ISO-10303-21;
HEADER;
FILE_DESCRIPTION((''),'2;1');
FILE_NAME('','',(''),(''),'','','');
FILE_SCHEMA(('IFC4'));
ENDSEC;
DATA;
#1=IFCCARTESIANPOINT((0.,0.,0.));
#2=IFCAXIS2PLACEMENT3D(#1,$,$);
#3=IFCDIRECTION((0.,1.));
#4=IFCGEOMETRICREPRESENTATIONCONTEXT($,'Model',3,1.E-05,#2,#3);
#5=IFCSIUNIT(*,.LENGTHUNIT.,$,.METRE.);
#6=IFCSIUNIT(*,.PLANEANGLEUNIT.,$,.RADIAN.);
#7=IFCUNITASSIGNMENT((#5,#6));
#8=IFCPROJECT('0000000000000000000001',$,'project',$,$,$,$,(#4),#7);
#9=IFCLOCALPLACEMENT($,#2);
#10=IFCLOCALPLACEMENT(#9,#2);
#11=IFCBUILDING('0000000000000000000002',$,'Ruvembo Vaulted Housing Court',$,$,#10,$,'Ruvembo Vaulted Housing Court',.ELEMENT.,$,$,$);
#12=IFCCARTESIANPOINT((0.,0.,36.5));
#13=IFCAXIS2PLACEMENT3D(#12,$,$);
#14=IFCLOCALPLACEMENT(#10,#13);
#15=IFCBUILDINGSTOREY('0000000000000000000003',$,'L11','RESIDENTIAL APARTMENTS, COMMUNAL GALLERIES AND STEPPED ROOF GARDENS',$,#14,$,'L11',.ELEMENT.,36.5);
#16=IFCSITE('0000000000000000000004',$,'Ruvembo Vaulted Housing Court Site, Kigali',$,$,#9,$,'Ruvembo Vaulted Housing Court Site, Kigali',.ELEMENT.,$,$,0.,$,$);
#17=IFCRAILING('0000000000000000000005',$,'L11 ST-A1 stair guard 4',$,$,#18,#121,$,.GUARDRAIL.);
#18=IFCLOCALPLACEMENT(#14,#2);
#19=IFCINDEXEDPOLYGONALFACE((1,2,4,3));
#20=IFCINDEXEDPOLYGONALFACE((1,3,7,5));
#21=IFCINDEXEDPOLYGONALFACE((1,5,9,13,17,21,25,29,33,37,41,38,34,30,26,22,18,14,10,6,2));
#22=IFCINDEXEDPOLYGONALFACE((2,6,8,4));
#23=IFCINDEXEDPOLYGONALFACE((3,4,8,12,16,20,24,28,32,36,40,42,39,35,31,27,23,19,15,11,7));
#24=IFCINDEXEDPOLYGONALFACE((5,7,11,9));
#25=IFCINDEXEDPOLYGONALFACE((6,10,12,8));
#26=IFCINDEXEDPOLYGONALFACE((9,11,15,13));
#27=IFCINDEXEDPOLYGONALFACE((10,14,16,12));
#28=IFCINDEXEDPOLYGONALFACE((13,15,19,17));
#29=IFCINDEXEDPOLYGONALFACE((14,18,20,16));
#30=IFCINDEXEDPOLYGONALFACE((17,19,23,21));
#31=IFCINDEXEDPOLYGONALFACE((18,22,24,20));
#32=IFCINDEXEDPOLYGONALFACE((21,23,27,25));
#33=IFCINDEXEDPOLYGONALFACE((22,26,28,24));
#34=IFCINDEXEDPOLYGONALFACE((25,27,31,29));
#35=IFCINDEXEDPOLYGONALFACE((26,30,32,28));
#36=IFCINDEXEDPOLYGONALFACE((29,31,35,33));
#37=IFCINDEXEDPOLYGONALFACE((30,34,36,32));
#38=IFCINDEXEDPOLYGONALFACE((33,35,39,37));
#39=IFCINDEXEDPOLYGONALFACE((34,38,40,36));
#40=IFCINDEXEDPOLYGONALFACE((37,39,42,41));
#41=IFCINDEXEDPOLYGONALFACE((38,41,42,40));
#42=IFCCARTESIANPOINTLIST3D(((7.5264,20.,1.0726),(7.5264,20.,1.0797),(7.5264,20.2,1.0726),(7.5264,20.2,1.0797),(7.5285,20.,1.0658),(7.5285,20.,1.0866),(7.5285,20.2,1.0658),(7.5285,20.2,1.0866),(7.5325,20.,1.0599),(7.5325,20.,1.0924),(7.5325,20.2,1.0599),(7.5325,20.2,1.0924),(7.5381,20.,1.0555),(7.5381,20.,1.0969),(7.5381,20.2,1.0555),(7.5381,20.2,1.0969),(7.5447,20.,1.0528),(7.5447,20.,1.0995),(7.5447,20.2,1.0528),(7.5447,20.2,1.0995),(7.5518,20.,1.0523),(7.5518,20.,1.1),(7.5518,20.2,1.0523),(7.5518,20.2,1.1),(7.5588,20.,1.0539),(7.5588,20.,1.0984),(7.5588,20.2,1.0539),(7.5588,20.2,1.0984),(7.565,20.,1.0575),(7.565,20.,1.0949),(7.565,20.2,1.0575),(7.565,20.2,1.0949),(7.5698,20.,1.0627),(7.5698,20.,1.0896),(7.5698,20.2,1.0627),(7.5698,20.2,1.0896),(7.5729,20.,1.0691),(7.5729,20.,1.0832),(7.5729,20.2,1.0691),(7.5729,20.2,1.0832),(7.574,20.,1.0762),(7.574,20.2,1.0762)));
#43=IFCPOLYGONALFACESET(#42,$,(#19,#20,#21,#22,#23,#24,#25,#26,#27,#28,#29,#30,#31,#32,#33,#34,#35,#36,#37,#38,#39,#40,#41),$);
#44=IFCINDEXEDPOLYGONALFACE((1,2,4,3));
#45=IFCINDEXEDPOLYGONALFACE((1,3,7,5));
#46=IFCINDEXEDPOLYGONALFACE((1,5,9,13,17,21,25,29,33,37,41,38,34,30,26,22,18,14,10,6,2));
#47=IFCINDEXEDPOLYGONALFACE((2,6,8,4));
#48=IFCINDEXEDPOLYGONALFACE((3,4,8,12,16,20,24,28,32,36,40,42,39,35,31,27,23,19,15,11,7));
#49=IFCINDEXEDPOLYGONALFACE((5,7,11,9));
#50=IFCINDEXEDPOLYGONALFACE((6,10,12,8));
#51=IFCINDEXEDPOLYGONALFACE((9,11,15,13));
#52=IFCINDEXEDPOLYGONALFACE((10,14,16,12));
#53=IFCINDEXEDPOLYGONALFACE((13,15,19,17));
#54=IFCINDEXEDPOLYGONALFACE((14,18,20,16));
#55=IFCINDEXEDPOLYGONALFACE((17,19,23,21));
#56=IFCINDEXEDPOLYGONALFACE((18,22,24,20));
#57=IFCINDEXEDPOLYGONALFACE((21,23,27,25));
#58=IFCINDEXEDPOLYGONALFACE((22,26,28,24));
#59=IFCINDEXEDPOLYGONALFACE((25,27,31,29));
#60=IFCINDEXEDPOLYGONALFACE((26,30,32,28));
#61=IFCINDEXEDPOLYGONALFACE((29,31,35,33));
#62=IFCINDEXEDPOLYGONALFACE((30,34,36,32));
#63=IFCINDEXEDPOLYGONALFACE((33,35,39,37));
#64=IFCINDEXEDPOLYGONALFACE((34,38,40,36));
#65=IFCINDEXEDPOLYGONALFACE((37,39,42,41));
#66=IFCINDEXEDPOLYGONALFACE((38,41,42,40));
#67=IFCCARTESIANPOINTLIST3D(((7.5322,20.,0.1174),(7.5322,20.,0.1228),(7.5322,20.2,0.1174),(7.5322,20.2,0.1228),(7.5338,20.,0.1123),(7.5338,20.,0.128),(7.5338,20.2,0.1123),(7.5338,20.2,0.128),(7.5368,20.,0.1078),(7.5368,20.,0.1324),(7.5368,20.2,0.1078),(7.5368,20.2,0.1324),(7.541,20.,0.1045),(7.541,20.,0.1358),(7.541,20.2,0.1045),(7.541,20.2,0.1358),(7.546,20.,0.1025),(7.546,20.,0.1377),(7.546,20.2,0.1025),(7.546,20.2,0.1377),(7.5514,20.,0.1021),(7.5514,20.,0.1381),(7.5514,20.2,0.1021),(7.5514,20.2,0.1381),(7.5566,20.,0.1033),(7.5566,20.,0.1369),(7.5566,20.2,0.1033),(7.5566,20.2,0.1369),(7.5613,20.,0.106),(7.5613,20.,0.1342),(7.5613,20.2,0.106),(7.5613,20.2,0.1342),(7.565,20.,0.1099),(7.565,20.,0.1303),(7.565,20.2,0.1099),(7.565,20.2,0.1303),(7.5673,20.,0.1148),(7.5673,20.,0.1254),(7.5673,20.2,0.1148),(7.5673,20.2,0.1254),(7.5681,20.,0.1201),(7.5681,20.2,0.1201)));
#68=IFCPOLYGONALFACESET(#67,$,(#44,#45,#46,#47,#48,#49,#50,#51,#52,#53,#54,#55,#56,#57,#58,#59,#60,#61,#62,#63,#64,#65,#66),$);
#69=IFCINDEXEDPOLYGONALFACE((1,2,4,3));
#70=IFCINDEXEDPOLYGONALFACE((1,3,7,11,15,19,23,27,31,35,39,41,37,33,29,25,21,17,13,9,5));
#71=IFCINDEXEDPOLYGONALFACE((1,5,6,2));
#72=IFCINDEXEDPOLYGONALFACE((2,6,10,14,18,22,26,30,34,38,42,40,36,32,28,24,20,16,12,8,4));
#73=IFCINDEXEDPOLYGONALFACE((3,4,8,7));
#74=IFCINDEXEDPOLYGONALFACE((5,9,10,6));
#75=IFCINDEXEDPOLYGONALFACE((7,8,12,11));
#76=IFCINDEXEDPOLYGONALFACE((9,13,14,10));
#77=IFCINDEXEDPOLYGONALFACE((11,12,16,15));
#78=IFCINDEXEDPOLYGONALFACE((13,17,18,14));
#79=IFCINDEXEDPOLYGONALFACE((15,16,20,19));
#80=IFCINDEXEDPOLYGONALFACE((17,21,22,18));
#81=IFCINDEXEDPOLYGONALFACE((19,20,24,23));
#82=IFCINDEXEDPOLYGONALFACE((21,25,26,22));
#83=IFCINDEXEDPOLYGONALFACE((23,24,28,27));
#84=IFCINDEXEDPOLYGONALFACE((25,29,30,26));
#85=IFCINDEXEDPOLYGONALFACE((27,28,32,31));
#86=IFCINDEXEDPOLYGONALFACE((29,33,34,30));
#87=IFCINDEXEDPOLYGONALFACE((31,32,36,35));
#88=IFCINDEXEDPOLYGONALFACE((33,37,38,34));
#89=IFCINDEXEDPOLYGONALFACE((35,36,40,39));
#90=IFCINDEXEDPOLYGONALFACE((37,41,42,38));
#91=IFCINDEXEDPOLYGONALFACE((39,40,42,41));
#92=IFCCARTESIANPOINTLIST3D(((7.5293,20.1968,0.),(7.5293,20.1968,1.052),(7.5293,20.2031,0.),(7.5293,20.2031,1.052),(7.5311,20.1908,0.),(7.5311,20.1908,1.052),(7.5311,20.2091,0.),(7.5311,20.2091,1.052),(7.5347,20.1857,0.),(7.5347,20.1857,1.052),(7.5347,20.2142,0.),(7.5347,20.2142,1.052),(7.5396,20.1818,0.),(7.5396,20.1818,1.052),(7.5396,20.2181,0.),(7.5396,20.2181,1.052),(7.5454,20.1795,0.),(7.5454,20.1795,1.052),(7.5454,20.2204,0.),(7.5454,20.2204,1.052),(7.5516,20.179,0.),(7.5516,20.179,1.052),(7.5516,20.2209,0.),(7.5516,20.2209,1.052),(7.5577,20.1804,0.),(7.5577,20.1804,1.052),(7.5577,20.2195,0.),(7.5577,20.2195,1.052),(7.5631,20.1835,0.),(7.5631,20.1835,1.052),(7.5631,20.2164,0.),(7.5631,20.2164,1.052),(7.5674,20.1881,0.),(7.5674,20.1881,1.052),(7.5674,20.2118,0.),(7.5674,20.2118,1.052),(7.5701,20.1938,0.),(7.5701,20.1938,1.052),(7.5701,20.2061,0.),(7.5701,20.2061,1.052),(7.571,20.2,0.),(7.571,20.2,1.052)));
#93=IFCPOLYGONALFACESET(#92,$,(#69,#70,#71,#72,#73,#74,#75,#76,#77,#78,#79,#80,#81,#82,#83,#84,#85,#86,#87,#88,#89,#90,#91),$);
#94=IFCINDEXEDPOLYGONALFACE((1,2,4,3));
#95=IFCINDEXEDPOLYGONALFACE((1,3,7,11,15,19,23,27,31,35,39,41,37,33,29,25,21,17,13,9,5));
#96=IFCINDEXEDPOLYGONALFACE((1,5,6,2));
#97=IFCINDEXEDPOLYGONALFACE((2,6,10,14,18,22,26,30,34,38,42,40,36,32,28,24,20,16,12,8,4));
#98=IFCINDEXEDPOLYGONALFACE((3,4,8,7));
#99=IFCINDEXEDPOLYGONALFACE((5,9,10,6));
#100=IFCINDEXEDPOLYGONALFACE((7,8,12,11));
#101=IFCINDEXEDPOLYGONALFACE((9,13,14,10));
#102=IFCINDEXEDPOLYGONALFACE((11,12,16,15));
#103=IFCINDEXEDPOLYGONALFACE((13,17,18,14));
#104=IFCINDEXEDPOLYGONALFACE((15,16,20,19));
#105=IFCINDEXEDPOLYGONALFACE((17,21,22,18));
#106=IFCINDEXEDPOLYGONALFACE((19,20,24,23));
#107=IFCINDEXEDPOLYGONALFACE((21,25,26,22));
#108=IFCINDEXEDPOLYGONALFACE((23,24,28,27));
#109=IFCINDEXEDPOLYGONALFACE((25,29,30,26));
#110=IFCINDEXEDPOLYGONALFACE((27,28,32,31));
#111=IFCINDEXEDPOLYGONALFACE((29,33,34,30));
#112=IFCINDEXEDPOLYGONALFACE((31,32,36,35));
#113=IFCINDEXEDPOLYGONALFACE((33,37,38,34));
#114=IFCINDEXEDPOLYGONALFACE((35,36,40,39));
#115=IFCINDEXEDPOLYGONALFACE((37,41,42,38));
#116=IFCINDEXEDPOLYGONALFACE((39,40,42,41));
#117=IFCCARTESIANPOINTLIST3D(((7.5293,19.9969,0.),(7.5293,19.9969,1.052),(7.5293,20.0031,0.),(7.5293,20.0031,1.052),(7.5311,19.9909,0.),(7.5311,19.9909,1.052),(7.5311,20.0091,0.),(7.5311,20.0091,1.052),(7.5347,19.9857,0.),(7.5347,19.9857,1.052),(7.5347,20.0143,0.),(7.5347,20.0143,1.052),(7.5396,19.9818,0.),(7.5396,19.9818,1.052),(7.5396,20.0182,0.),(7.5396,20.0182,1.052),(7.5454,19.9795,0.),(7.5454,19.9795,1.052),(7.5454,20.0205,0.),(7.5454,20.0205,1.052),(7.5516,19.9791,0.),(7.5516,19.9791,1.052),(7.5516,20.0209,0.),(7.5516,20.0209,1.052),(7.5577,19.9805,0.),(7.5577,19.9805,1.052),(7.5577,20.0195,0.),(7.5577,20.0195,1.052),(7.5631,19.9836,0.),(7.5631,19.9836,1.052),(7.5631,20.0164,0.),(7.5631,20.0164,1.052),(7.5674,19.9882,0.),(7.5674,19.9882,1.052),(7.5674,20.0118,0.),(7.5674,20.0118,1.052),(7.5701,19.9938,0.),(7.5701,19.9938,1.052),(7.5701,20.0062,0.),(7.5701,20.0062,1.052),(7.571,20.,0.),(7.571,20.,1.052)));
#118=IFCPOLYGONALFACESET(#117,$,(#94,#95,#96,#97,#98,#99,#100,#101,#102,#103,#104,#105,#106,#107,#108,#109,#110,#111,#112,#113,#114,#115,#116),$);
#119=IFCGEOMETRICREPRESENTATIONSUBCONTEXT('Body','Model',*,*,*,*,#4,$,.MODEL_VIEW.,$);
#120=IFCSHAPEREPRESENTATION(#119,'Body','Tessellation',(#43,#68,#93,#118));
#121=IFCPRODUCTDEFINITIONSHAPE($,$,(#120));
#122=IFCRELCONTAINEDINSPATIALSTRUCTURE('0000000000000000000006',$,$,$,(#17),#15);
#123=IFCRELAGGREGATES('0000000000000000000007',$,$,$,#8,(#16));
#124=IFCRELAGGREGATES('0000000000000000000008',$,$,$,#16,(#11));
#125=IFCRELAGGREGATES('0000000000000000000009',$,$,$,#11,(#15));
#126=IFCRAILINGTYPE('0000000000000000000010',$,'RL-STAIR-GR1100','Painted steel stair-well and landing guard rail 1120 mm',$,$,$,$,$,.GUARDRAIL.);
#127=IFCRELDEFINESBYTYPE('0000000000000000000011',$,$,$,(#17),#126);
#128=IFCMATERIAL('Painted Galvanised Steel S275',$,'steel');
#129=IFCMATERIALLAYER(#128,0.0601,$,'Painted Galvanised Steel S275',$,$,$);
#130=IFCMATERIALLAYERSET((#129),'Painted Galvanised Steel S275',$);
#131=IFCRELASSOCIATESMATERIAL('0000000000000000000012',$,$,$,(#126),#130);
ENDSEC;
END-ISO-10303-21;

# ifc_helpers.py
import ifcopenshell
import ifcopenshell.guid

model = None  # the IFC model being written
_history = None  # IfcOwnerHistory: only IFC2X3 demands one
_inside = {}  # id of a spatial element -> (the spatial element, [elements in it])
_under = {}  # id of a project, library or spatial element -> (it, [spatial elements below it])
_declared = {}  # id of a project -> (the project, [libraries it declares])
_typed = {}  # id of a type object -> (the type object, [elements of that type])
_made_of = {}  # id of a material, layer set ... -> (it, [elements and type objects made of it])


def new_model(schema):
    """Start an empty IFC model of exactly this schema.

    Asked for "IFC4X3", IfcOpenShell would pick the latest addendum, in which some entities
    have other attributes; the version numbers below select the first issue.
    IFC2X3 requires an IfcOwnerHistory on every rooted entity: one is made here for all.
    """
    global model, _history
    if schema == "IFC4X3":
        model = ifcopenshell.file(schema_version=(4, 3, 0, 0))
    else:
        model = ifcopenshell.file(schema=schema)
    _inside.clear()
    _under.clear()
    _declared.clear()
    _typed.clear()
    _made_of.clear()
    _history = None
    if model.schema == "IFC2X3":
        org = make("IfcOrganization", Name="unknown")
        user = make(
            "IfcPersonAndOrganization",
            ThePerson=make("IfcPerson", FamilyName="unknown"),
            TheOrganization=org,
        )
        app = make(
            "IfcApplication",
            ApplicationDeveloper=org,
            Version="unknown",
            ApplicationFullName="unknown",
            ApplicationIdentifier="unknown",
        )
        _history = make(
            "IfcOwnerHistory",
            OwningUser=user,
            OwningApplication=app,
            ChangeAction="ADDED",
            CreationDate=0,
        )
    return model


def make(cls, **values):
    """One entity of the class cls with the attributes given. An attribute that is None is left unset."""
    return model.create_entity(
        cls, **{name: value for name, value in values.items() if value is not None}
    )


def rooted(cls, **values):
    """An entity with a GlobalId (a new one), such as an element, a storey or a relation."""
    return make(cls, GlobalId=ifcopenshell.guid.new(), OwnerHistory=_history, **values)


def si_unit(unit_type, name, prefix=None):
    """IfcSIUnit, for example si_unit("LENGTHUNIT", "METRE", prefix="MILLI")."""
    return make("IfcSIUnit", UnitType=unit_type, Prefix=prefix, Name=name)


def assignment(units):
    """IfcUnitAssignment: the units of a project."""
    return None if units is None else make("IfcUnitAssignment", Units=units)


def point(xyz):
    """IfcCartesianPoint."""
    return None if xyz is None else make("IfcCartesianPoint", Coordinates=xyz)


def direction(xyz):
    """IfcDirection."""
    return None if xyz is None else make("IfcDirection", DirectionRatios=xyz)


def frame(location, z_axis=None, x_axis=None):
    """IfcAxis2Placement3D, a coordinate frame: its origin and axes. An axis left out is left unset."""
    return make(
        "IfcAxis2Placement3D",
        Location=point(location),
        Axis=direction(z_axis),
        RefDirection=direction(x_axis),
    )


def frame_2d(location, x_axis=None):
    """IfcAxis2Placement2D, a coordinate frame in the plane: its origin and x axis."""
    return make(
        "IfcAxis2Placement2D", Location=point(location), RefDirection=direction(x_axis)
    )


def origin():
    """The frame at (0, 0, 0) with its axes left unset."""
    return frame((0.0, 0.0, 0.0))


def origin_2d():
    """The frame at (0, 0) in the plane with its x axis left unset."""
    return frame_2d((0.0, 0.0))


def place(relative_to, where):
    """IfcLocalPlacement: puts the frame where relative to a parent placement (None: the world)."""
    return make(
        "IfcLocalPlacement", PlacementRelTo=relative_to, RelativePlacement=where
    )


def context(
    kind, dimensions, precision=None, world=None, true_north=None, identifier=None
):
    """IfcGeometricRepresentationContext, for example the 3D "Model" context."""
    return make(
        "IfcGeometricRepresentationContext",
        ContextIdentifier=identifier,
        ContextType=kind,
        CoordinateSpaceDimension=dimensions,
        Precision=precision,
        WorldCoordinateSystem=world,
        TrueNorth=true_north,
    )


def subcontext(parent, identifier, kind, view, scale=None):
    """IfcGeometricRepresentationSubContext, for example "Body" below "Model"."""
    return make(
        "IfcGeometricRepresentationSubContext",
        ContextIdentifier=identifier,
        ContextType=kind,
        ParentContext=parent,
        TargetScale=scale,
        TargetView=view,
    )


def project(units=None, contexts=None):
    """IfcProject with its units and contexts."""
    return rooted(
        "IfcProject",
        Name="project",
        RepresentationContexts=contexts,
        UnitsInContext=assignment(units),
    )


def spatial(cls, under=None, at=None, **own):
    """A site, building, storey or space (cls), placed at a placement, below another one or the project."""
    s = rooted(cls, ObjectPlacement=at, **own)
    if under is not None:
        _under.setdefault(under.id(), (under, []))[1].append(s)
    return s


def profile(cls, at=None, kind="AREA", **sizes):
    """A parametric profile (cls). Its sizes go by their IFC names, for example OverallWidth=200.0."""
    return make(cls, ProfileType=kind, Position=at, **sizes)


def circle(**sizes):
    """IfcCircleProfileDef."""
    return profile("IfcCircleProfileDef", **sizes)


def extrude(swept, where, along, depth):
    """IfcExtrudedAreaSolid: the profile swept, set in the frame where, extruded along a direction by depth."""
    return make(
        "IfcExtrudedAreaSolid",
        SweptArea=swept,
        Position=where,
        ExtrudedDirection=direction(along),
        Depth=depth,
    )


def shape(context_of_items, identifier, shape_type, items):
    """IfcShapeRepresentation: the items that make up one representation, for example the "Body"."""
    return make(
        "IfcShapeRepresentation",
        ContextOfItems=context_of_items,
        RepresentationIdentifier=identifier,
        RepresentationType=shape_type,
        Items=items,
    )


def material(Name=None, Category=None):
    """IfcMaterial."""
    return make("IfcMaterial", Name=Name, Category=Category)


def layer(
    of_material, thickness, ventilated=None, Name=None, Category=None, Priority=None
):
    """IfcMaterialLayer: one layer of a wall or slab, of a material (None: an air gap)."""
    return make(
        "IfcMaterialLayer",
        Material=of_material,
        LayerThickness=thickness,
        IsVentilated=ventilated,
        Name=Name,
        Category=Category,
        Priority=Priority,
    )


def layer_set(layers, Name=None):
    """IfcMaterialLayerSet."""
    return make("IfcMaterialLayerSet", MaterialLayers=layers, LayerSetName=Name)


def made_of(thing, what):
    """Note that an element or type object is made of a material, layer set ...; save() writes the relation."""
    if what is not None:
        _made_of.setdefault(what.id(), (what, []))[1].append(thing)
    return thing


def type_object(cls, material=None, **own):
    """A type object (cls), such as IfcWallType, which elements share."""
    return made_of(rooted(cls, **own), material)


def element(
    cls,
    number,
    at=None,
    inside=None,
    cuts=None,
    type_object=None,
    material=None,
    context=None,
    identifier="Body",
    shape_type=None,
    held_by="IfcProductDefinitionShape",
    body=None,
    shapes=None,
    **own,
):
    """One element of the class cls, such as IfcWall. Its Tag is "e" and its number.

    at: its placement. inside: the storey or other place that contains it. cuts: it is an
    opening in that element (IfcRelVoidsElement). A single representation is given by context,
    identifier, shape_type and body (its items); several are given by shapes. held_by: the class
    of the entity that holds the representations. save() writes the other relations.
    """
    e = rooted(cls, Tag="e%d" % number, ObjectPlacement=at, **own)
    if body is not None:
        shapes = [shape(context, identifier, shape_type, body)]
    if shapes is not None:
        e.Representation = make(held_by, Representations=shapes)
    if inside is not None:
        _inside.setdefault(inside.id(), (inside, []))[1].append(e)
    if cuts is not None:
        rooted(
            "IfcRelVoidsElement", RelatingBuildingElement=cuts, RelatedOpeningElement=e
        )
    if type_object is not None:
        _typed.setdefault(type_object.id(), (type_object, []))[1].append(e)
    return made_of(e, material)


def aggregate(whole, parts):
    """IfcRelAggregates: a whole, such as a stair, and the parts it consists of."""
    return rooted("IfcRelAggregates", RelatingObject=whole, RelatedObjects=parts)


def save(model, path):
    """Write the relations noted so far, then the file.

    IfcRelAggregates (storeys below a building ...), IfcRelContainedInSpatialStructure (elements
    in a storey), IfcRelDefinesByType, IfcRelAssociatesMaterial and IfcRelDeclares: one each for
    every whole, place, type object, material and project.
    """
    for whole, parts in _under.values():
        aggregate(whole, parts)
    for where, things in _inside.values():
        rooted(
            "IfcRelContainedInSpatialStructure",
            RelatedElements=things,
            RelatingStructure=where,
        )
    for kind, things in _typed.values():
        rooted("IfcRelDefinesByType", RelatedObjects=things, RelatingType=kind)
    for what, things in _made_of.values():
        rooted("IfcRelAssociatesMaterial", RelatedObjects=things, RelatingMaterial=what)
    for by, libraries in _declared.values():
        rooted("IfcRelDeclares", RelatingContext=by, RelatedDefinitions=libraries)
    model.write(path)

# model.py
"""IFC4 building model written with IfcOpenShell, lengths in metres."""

from ifc_helpers import new_model, si_unit, direction, frame, origin, origin_2d, place, context, subcontext, project, spatial, circle, extrude, material, layer, layer_set, type_object, element, save


model = new_model("IFC4")

# Units and contexts
model_context = context("Model", 3, precision=1e-05, world=origin(), true_north=direction((0.0, 1.0)))
body_context = subcontext(model_context, "Body", "Model", "MODEL_VIEW")
ifc_project = project(units=[si_unit("LENGTHUNIT", "METRE"), si_unit("PLANEANGLEUNIT", "RADIAN")], contexts=[model_context])

# Site, building, storey
site_placement = place(None, origin())
site = spatial("IfcSite", under=ifc_project, at=site_placement, Name="Ruvembo Vaulted Housing Court Site, Kigali", LongName="Ruvembo Vaulted Housing Court Site, Kigali", CompositionType="ELEMENT", RefElevation=0.0)
building_placement = place(site_placement, origin())
building = spatial("IfcBuilding", under=site, at=building_placement, Name="Ruvembo Vaulted Housing Court", LongName="Ruvembo Vaulted Housing Court", CompositionType="ELEMENT")
storey_placement = place(building_placement, frame((0.0, 0.0, 36.5)))
storey = spatial("IfcBuildingStorey", under=building, at=storey_placement, Name="L11", Description="RESIDENTIAL APARTMENTS, COMMUNAL GALLERIES AND STEPPED ROOF GARDENS", LongName="L11", CompositionType="ELEMENT", Elevation=36.5)

# Railing
ifc_material_1 = material(Name="Painted Galvanised Steel S275", Category="steel")
ifc_layer_1 = layer(ifc_material_1, 0.0601, Name="Painted Galvanised Steel S275")
ifc_layer_set_1 = layer_set([ifc_layer_1], Name="Painted Galvanised Steel S275")
railing_type_1 = type_object("IfcRailingType", Name="RL-STAIR-GR1100", Description="Painted steel stair-well and landing guard rail 1120 mm", PredefinedType="GUARDRAIL", material=ifc_layer_set_1)
railing_1_placement = place(storey_placement, frame((7.55, 20.2, 0.0)))
element("IfcRailing", 1, at=railing_1_placement, inside=storey, type_object=railing_type_1, Name="L11 ST-A1 stair guard 4", PredefinedType="GUARDRAIL", context=body_context, shape_type="SweptSolid", body=[
    extrude(circle(Radius=0.0239, at=origin_2d()), frame((0.0, 0.0, 1.0762), z_axis=(0.0, -1.0, 0.0), x_axis=(1.0, 0.0, 0.0)), (0.0, 0.0, 1.0), 0.2),
    extrude(circle(Radius=0.0181, at=origin_2d()), frame((0.0, 0.0, 0.1201), z_axis=(0.0, -1.0, 0.0), x_axis=(1.0, 0.0, 0.0)), (0.0, 0.0, 1.0), 0.2),
    extrude(circle(Radius=0.021, at=origin_2d()), origin(), (0.0, 0.0, 1.0), 1.052),
    extrude(circle(Radius=0.021, at=origin_2d()), frame((0.0, -0.2, 0.0)), (0.0, 0.0, 1.0), 1.052),
])

save(model, "model.ifc")
